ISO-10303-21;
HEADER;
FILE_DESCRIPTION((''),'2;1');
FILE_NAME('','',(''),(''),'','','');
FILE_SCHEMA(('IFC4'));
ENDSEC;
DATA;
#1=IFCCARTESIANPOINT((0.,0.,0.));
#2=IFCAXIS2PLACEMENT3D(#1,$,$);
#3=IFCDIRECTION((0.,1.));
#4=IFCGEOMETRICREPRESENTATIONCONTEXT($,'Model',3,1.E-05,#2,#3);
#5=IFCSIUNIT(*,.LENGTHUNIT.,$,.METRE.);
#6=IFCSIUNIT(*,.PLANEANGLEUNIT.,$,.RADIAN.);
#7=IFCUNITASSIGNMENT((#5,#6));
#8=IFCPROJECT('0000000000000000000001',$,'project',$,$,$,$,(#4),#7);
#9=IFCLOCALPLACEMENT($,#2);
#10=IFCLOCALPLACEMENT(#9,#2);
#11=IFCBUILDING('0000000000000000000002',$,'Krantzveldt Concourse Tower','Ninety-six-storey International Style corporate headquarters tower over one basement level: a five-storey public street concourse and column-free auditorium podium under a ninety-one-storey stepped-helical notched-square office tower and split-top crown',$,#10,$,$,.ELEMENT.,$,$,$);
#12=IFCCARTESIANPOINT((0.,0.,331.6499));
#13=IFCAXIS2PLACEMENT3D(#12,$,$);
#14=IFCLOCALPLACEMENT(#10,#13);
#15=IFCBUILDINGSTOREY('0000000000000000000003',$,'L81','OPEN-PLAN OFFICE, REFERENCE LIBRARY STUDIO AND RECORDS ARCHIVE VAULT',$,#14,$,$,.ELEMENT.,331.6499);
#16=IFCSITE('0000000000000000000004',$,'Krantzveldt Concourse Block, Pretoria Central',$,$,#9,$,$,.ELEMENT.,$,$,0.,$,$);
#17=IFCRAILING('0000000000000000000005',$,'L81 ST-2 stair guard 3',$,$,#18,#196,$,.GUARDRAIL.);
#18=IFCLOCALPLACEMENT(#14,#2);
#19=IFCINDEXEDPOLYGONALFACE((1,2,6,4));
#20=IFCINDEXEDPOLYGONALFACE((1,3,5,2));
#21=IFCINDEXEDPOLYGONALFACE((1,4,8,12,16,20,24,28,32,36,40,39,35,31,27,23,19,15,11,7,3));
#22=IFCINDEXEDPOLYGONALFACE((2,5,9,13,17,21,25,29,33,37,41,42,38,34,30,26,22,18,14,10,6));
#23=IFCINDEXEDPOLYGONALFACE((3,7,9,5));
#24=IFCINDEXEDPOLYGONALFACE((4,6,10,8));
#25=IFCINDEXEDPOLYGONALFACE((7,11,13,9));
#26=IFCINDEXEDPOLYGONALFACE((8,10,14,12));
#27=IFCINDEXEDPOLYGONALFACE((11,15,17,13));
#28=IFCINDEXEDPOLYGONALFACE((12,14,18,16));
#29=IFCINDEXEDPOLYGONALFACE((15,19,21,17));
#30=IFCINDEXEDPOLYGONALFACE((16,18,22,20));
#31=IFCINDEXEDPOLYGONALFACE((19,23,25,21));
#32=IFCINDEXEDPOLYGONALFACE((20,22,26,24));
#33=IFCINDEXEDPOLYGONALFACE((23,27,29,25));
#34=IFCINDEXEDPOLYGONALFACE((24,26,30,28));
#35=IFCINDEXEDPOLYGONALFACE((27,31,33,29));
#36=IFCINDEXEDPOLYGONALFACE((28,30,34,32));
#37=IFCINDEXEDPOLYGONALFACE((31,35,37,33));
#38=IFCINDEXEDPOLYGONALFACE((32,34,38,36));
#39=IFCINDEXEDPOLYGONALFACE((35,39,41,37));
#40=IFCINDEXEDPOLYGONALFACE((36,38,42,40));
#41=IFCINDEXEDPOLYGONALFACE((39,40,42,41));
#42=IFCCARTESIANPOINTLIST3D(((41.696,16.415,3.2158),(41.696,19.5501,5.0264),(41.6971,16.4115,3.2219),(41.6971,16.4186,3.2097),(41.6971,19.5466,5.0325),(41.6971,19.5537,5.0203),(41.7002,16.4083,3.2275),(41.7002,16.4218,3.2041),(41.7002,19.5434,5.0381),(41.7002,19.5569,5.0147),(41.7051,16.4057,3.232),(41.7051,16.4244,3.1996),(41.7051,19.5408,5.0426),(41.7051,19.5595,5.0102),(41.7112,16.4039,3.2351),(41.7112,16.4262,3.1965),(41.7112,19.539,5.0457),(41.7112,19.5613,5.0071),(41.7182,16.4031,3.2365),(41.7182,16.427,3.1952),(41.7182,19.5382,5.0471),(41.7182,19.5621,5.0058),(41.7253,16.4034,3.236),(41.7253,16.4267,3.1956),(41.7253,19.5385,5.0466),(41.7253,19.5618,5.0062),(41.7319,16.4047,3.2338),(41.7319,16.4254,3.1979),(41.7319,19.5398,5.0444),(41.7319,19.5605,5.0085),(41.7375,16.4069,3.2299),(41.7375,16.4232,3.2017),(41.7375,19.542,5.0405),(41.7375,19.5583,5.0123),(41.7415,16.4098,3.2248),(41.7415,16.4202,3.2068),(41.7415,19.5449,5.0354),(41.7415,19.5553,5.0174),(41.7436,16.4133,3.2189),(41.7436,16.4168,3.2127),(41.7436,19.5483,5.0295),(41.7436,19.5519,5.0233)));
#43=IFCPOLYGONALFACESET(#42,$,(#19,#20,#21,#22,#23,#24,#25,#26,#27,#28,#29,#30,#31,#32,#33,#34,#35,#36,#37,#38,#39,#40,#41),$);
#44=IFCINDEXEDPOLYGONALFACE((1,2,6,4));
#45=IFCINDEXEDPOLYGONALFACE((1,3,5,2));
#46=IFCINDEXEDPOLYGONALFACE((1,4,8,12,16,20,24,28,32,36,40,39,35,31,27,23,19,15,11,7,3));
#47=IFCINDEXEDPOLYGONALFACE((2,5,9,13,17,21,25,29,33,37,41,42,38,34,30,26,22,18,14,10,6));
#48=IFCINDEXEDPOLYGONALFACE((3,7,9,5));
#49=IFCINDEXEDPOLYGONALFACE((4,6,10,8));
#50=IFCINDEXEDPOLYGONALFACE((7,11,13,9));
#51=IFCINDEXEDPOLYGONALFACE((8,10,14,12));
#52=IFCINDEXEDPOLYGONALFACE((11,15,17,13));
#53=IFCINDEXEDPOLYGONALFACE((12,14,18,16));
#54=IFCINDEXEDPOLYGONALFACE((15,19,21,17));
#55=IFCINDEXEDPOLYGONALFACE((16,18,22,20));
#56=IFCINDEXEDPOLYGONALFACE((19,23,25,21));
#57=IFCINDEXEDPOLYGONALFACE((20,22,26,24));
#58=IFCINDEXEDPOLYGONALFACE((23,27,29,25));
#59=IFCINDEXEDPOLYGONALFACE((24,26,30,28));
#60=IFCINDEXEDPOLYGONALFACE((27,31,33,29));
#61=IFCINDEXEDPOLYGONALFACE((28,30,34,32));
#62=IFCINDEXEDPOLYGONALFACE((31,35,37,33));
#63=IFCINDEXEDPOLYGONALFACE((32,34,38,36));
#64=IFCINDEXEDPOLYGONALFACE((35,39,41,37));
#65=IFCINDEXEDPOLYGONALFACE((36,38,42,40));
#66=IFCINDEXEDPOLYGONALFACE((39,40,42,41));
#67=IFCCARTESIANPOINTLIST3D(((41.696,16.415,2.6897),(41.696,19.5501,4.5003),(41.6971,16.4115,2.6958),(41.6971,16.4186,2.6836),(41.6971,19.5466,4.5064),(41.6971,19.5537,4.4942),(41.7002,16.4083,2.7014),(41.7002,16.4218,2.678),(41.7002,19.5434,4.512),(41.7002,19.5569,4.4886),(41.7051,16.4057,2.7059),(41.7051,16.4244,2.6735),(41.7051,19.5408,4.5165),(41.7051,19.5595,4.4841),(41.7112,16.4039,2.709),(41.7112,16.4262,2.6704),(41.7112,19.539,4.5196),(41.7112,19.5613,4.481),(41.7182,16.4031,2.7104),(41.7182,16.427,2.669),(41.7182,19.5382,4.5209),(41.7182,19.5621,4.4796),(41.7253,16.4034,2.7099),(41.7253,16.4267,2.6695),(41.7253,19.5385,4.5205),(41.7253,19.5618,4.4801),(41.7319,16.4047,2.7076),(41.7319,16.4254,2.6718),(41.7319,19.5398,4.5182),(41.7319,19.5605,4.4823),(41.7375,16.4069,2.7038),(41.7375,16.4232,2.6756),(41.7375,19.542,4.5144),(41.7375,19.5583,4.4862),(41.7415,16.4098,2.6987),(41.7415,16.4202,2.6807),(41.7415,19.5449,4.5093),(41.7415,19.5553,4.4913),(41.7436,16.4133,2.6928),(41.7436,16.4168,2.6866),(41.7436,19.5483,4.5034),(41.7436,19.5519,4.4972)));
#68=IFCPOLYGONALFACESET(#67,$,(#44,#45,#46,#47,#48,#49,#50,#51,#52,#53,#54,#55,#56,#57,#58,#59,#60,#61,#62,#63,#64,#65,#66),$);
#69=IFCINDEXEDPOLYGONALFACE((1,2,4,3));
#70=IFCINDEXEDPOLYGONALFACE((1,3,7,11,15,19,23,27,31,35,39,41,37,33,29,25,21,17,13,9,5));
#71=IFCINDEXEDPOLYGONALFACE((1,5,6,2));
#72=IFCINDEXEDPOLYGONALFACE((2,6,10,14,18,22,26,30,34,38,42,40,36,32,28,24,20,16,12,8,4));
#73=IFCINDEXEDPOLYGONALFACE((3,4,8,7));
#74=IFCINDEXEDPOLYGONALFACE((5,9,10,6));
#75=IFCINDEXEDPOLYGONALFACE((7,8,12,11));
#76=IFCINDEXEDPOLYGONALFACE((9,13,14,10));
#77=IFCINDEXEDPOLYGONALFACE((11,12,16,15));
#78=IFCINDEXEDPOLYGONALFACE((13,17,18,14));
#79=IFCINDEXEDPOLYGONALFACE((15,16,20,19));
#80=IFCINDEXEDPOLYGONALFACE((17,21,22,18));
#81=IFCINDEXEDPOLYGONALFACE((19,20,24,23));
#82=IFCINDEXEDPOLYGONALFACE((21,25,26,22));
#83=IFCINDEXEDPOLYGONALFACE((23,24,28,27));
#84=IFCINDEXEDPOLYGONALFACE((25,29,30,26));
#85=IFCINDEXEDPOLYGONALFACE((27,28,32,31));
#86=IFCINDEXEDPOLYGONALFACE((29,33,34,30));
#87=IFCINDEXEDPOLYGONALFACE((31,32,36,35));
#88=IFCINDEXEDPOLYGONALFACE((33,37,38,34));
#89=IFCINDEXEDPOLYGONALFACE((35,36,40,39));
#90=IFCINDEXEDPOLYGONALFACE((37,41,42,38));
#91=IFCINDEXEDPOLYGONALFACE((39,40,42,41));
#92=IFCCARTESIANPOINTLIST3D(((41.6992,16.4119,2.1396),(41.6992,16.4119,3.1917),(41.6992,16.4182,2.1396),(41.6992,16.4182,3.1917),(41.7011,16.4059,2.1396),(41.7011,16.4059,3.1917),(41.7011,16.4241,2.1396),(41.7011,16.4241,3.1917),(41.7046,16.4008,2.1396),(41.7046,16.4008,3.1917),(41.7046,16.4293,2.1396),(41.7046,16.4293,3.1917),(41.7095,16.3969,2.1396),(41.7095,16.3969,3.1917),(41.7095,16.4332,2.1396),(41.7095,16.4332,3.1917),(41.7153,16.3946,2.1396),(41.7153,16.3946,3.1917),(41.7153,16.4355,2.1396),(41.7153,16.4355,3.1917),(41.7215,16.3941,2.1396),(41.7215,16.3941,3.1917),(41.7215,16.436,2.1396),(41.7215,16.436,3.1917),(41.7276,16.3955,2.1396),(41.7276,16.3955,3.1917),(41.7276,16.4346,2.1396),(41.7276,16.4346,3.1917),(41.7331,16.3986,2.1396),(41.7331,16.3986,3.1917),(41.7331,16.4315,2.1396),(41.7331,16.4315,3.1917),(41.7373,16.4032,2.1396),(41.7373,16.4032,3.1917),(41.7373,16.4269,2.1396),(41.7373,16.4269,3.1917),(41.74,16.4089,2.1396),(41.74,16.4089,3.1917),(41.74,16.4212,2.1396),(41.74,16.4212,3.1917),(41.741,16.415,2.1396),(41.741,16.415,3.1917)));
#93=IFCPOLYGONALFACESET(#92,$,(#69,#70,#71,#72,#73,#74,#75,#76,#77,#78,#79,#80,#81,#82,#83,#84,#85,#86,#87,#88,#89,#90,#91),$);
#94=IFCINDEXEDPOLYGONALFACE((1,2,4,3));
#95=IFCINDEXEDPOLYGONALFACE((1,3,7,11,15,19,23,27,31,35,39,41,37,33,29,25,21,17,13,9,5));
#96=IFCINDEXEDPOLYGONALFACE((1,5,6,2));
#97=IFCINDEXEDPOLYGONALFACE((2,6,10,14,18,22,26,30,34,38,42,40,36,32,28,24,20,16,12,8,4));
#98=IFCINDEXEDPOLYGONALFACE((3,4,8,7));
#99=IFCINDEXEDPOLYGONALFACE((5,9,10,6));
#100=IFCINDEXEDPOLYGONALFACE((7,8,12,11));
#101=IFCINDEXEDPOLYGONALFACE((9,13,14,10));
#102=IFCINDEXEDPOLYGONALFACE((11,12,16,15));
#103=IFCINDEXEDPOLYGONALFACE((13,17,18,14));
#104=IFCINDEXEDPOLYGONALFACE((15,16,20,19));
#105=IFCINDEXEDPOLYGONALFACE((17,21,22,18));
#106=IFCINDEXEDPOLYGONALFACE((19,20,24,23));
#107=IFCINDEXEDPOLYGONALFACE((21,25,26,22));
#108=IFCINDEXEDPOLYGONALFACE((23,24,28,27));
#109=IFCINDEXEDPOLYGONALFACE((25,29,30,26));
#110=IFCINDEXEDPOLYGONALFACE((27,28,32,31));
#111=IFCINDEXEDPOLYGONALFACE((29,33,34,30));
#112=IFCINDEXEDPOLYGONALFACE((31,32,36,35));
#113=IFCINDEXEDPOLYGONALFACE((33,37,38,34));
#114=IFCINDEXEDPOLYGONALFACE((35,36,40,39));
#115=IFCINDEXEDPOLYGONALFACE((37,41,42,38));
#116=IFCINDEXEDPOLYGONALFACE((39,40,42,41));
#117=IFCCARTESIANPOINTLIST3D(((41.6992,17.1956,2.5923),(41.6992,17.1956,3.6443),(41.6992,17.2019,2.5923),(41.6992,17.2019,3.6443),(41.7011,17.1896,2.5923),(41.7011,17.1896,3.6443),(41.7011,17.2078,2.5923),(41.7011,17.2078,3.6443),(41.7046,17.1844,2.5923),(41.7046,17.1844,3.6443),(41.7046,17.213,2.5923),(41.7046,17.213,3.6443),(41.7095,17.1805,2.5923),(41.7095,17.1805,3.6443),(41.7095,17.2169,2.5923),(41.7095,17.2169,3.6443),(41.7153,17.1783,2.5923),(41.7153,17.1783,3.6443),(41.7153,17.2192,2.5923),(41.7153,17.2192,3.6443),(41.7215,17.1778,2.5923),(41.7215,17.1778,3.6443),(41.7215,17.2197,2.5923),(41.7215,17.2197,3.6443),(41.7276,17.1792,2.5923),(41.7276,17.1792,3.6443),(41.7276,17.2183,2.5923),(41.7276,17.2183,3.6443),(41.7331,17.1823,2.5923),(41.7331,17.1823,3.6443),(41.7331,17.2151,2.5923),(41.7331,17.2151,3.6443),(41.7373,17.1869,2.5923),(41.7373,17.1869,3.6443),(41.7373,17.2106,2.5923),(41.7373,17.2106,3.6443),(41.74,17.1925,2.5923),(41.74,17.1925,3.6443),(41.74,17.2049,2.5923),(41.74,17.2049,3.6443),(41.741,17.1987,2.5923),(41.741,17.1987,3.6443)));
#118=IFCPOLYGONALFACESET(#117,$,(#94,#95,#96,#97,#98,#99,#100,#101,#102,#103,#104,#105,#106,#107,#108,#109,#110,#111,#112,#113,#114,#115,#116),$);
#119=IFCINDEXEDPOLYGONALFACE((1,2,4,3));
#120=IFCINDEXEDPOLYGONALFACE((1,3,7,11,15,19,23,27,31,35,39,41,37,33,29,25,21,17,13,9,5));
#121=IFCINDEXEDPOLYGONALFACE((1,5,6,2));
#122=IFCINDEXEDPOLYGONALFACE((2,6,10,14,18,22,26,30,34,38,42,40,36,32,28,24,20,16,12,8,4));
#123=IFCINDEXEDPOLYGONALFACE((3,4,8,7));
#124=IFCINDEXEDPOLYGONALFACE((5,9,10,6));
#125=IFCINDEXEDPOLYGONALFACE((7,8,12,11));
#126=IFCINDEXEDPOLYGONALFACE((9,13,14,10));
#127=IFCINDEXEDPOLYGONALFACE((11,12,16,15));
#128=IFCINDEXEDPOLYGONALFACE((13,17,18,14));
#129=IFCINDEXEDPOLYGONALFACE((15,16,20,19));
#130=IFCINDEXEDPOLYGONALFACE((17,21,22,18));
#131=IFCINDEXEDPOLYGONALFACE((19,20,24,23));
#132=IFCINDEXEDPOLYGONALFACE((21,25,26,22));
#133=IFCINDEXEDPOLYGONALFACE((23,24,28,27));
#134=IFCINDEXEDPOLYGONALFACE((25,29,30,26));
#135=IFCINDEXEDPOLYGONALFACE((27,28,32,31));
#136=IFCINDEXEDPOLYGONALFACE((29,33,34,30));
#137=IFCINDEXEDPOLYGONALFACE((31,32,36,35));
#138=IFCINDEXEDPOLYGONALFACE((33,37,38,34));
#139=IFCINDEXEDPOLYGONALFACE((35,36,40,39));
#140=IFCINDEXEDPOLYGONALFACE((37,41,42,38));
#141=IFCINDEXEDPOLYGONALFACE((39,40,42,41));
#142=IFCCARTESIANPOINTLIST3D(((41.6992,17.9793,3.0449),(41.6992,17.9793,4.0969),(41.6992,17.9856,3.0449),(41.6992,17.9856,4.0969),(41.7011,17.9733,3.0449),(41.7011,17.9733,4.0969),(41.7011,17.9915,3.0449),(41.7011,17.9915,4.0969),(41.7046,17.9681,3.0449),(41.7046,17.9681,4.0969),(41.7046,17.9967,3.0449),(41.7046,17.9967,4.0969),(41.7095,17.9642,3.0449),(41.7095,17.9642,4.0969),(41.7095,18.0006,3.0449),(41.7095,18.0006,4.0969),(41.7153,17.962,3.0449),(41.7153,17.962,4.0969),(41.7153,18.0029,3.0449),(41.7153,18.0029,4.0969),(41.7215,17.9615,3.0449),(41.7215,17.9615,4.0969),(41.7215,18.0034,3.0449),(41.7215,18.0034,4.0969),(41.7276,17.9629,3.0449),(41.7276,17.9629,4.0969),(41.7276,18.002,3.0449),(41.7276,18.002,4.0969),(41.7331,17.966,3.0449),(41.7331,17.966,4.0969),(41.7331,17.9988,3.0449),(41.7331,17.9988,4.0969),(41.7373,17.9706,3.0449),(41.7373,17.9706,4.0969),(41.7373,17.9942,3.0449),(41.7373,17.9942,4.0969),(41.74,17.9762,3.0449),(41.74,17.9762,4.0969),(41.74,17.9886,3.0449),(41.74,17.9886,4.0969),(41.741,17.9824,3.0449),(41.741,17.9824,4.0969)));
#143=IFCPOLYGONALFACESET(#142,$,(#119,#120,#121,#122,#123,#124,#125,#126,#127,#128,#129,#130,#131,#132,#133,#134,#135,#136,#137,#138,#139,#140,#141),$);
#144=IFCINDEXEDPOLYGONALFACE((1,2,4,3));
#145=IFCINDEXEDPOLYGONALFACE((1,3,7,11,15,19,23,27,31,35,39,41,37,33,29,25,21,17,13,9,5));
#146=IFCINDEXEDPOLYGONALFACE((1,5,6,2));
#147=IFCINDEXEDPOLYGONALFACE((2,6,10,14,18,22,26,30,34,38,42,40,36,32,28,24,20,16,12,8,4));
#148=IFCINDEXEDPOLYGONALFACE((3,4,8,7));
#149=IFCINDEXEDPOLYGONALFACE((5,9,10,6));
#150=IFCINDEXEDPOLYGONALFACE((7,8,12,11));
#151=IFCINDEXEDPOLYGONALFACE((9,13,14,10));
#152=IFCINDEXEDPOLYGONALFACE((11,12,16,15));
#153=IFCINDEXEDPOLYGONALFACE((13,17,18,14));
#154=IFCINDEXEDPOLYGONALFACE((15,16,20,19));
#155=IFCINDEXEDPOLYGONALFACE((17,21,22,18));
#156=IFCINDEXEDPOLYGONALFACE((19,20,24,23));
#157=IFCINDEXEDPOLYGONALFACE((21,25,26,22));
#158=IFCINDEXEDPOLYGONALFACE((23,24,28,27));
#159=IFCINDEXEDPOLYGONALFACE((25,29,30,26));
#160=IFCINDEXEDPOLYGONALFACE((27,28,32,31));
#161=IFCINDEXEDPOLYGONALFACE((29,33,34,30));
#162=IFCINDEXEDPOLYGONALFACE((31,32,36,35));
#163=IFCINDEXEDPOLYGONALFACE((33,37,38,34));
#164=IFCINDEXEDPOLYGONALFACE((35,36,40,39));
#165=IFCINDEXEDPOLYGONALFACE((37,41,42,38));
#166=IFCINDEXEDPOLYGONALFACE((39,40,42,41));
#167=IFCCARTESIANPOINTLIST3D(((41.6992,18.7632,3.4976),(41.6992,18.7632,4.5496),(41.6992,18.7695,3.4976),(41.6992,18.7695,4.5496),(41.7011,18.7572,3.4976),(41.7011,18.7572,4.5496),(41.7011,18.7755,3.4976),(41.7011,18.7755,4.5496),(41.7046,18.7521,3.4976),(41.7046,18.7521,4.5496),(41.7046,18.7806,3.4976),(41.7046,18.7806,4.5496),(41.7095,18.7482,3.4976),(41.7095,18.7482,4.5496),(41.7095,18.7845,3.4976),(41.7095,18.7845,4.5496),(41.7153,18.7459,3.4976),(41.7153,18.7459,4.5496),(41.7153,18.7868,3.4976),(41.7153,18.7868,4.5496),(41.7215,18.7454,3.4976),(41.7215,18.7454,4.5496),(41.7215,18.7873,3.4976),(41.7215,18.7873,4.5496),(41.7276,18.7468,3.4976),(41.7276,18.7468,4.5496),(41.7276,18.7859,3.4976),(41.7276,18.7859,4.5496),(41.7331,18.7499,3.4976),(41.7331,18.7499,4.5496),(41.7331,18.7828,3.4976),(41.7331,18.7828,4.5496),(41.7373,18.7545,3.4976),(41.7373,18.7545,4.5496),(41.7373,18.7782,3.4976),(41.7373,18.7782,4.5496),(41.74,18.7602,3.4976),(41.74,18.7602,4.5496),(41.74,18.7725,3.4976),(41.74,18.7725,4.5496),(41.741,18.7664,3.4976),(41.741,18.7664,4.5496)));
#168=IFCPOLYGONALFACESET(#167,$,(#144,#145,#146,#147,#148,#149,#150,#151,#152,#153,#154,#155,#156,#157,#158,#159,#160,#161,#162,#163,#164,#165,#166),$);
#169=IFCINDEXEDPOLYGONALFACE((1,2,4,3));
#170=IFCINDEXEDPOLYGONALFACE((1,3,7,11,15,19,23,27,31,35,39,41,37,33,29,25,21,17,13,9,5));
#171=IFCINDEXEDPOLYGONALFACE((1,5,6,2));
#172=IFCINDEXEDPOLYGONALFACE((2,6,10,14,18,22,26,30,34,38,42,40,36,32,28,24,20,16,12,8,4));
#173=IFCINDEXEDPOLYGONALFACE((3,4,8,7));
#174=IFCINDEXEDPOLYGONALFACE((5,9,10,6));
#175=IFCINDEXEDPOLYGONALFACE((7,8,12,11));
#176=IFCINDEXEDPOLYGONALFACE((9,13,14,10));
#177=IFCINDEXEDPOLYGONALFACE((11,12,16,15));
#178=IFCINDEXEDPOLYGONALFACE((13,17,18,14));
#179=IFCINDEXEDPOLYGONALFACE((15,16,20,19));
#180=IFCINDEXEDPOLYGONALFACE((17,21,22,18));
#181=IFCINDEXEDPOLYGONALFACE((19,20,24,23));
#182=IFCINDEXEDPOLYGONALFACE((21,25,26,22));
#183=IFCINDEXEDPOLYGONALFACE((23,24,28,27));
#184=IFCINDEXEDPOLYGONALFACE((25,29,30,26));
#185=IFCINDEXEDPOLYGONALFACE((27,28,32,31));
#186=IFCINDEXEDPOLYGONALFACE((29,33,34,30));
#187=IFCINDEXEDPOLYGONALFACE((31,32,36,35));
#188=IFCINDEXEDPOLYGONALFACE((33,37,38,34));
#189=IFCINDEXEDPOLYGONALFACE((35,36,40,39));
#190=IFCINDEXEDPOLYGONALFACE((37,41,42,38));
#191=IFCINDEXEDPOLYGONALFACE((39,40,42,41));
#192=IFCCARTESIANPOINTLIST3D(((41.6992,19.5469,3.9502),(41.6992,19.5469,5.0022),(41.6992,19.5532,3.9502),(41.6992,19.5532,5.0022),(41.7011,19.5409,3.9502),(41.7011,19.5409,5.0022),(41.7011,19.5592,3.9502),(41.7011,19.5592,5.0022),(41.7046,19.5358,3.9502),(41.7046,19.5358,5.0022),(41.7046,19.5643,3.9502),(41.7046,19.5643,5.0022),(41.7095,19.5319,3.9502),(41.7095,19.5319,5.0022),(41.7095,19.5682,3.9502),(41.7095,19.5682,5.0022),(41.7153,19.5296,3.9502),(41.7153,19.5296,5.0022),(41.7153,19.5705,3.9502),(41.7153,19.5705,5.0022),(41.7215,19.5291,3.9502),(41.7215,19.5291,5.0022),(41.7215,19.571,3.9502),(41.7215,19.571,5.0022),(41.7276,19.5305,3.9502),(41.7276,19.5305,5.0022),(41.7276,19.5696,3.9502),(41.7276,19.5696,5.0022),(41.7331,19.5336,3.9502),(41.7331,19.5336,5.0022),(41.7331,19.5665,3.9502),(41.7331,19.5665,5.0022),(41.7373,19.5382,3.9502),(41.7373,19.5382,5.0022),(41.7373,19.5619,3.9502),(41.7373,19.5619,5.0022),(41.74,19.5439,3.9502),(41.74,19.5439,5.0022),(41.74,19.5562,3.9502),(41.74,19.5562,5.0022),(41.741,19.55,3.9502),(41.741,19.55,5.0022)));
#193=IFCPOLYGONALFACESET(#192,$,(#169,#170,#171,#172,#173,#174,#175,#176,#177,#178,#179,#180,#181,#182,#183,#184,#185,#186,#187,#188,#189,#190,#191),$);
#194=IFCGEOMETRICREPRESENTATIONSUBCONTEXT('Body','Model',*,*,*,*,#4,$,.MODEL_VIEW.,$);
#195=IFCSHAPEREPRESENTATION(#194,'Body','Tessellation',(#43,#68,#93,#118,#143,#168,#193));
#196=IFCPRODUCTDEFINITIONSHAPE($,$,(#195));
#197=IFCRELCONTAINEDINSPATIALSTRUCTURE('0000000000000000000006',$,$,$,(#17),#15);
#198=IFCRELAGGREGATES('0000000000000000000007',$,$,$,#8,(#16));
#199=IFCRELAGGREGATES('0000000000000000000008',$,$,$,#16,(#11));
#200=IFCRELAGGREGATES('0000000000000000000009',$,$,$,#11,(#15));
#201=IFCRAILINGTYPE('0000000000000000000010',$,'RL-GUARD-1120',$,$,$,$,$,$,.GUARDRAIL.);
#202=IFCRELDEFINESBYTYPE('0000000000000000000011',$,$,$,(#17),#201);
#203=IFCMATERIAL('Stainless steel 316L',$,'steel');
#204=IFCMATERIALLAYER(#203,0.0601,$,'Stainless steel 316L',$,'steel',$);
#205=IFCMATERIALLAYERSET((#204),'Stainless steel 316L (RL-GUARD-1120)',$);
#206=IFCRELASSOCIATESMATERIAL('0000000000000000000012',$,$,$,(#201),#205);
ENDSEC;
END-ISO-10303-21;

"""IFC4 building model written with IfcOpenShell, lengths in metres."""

from ifc_helpers import new_model, si_unit, direction, frame, origin, origin_2d, place, context, subcontext, project, spatial, circle, extrude, material, layer, layer_set, type_object, element, save


model = new_model("IFC4")

# Units and contexts
model_context = context("Model", 3, precision=1e-05, world=origin(), true_north=direction((0.0, 1.0)))
body_context = subcontext(model_context, "Body", "Model", "MODEL_VIEW")
ifc_project = project(units=[si_unit("LENGTHUNIT", "METRE"), si_unit("PLANEANGLEUNIT", "RADIAN")], contexts=[model_context])

# Site, building, storey
site_placement = place(None, origin())
site = spatial("IfcSite", under=ifc_project, at=site_placement, Name="Krantzveldt Concourse Block, Pretoria Central", CompositionType="ELEMENT", RefElevation=0.0)
building_placement = place(site_placement, origin())
building = spatial("IfcBuilding", under=site, at=building_placement, Name="Krantzveldt Concourse Tower", Description="Ninety-six-storey International Style corporate headquarters tower over one basement level: a five-storey public street concourse and column-free auditorium podium under a ninety-one-storey stepped-helical notched-square office tower and split-top crown", CompositionType="ELEMENT")
storey_placement = place(building_placement, frame((0.0, 0.0, 331.6499)))
storey = spatial("IfcBuildingStorey", under=building, at=storey_placement, Name="L81", Description="OPEN-PLAN OFFICE, REFERENCE LIBRARY STUDIO AND RECORDS ARCHIVE VAULT", CompositionType="ELEMENT", Elevation=331.6499)

# Shared definitions
ifc_material_1 = material(Name="Stainless steel 316L", Category="steel")

# Railing
ifc_layer_1 = layer(ifc_material_1, 0.0601, Name="Stainless steel 316L", Category="steel")
ifc_layer_set_1 = layer_set([ifc_layer_1], Name="Stainless steel 316L (RL-GUARD-1120)")
railing_type_1 = type_object("IfcRailingType", Name="RL-GUARD-1120", PredefinedType="GUARDRAIL", material=ifc_layer_set_1)
railing_1_placement = place(storey_placement, frame((41.72, 16.415, 2.1396)))
element("IfcRailing", 1, at=railing_1_placement, inside=storey, type_object=railing_type_1, Name="L81 ST-2 stair guard 3", PredefinedType="GUARDRAIL", context=body_context, shape_type="SweptSolid", body=[
    extrude(circle(Radius=0.0239, at=origin_2d()), frame((0.0, 0.0, 1.0762), z_axis=(0.0, 0.86596, 0.500114), x_axis=(-1.0, 0.0, 0.0)), (0.0, 0.0, 1.0), 3.6204),
    extrude(circle(Radius=0.0239, at=origin_2d()), frame((0.0, 0.0, 0.55), z_axis=(0.0, 0.86596, 0.500114), x_axis=(-1.0, 0.0, 0.0)), (0.0, 0.0, 1.0), 3.6204),
    extrude(circle(Radius=0.021, at=origin_2d()), origin(), (0.0, 0.0, 1.0), 1.052),
    extrude(circle(Radius=0.021, at=origin_2d()), frame((0.0, 0.7837, 0.4526)), (0.0, 0.0, 1.0), 1.052),
    extrude(circle(Radius=0.021, at=origin_2d()), frame((0.0, 1.5674, 0.9053)), (0.0, 0.0, 1.0), 1.052),
    extrude(circle(Radius=0.021, at=origin_2d()), frame((0.0, 2.3513, 1.3579)), (0.0, 0.0, 1.0), 1.052),
    extrude(circle(Radius=0.021, at=origin_2d()), frame((0.0, 3.135, 1.8105)), (0.0, 0.0, 1.0), 1.052),
])

save(model, "model.ifc")
